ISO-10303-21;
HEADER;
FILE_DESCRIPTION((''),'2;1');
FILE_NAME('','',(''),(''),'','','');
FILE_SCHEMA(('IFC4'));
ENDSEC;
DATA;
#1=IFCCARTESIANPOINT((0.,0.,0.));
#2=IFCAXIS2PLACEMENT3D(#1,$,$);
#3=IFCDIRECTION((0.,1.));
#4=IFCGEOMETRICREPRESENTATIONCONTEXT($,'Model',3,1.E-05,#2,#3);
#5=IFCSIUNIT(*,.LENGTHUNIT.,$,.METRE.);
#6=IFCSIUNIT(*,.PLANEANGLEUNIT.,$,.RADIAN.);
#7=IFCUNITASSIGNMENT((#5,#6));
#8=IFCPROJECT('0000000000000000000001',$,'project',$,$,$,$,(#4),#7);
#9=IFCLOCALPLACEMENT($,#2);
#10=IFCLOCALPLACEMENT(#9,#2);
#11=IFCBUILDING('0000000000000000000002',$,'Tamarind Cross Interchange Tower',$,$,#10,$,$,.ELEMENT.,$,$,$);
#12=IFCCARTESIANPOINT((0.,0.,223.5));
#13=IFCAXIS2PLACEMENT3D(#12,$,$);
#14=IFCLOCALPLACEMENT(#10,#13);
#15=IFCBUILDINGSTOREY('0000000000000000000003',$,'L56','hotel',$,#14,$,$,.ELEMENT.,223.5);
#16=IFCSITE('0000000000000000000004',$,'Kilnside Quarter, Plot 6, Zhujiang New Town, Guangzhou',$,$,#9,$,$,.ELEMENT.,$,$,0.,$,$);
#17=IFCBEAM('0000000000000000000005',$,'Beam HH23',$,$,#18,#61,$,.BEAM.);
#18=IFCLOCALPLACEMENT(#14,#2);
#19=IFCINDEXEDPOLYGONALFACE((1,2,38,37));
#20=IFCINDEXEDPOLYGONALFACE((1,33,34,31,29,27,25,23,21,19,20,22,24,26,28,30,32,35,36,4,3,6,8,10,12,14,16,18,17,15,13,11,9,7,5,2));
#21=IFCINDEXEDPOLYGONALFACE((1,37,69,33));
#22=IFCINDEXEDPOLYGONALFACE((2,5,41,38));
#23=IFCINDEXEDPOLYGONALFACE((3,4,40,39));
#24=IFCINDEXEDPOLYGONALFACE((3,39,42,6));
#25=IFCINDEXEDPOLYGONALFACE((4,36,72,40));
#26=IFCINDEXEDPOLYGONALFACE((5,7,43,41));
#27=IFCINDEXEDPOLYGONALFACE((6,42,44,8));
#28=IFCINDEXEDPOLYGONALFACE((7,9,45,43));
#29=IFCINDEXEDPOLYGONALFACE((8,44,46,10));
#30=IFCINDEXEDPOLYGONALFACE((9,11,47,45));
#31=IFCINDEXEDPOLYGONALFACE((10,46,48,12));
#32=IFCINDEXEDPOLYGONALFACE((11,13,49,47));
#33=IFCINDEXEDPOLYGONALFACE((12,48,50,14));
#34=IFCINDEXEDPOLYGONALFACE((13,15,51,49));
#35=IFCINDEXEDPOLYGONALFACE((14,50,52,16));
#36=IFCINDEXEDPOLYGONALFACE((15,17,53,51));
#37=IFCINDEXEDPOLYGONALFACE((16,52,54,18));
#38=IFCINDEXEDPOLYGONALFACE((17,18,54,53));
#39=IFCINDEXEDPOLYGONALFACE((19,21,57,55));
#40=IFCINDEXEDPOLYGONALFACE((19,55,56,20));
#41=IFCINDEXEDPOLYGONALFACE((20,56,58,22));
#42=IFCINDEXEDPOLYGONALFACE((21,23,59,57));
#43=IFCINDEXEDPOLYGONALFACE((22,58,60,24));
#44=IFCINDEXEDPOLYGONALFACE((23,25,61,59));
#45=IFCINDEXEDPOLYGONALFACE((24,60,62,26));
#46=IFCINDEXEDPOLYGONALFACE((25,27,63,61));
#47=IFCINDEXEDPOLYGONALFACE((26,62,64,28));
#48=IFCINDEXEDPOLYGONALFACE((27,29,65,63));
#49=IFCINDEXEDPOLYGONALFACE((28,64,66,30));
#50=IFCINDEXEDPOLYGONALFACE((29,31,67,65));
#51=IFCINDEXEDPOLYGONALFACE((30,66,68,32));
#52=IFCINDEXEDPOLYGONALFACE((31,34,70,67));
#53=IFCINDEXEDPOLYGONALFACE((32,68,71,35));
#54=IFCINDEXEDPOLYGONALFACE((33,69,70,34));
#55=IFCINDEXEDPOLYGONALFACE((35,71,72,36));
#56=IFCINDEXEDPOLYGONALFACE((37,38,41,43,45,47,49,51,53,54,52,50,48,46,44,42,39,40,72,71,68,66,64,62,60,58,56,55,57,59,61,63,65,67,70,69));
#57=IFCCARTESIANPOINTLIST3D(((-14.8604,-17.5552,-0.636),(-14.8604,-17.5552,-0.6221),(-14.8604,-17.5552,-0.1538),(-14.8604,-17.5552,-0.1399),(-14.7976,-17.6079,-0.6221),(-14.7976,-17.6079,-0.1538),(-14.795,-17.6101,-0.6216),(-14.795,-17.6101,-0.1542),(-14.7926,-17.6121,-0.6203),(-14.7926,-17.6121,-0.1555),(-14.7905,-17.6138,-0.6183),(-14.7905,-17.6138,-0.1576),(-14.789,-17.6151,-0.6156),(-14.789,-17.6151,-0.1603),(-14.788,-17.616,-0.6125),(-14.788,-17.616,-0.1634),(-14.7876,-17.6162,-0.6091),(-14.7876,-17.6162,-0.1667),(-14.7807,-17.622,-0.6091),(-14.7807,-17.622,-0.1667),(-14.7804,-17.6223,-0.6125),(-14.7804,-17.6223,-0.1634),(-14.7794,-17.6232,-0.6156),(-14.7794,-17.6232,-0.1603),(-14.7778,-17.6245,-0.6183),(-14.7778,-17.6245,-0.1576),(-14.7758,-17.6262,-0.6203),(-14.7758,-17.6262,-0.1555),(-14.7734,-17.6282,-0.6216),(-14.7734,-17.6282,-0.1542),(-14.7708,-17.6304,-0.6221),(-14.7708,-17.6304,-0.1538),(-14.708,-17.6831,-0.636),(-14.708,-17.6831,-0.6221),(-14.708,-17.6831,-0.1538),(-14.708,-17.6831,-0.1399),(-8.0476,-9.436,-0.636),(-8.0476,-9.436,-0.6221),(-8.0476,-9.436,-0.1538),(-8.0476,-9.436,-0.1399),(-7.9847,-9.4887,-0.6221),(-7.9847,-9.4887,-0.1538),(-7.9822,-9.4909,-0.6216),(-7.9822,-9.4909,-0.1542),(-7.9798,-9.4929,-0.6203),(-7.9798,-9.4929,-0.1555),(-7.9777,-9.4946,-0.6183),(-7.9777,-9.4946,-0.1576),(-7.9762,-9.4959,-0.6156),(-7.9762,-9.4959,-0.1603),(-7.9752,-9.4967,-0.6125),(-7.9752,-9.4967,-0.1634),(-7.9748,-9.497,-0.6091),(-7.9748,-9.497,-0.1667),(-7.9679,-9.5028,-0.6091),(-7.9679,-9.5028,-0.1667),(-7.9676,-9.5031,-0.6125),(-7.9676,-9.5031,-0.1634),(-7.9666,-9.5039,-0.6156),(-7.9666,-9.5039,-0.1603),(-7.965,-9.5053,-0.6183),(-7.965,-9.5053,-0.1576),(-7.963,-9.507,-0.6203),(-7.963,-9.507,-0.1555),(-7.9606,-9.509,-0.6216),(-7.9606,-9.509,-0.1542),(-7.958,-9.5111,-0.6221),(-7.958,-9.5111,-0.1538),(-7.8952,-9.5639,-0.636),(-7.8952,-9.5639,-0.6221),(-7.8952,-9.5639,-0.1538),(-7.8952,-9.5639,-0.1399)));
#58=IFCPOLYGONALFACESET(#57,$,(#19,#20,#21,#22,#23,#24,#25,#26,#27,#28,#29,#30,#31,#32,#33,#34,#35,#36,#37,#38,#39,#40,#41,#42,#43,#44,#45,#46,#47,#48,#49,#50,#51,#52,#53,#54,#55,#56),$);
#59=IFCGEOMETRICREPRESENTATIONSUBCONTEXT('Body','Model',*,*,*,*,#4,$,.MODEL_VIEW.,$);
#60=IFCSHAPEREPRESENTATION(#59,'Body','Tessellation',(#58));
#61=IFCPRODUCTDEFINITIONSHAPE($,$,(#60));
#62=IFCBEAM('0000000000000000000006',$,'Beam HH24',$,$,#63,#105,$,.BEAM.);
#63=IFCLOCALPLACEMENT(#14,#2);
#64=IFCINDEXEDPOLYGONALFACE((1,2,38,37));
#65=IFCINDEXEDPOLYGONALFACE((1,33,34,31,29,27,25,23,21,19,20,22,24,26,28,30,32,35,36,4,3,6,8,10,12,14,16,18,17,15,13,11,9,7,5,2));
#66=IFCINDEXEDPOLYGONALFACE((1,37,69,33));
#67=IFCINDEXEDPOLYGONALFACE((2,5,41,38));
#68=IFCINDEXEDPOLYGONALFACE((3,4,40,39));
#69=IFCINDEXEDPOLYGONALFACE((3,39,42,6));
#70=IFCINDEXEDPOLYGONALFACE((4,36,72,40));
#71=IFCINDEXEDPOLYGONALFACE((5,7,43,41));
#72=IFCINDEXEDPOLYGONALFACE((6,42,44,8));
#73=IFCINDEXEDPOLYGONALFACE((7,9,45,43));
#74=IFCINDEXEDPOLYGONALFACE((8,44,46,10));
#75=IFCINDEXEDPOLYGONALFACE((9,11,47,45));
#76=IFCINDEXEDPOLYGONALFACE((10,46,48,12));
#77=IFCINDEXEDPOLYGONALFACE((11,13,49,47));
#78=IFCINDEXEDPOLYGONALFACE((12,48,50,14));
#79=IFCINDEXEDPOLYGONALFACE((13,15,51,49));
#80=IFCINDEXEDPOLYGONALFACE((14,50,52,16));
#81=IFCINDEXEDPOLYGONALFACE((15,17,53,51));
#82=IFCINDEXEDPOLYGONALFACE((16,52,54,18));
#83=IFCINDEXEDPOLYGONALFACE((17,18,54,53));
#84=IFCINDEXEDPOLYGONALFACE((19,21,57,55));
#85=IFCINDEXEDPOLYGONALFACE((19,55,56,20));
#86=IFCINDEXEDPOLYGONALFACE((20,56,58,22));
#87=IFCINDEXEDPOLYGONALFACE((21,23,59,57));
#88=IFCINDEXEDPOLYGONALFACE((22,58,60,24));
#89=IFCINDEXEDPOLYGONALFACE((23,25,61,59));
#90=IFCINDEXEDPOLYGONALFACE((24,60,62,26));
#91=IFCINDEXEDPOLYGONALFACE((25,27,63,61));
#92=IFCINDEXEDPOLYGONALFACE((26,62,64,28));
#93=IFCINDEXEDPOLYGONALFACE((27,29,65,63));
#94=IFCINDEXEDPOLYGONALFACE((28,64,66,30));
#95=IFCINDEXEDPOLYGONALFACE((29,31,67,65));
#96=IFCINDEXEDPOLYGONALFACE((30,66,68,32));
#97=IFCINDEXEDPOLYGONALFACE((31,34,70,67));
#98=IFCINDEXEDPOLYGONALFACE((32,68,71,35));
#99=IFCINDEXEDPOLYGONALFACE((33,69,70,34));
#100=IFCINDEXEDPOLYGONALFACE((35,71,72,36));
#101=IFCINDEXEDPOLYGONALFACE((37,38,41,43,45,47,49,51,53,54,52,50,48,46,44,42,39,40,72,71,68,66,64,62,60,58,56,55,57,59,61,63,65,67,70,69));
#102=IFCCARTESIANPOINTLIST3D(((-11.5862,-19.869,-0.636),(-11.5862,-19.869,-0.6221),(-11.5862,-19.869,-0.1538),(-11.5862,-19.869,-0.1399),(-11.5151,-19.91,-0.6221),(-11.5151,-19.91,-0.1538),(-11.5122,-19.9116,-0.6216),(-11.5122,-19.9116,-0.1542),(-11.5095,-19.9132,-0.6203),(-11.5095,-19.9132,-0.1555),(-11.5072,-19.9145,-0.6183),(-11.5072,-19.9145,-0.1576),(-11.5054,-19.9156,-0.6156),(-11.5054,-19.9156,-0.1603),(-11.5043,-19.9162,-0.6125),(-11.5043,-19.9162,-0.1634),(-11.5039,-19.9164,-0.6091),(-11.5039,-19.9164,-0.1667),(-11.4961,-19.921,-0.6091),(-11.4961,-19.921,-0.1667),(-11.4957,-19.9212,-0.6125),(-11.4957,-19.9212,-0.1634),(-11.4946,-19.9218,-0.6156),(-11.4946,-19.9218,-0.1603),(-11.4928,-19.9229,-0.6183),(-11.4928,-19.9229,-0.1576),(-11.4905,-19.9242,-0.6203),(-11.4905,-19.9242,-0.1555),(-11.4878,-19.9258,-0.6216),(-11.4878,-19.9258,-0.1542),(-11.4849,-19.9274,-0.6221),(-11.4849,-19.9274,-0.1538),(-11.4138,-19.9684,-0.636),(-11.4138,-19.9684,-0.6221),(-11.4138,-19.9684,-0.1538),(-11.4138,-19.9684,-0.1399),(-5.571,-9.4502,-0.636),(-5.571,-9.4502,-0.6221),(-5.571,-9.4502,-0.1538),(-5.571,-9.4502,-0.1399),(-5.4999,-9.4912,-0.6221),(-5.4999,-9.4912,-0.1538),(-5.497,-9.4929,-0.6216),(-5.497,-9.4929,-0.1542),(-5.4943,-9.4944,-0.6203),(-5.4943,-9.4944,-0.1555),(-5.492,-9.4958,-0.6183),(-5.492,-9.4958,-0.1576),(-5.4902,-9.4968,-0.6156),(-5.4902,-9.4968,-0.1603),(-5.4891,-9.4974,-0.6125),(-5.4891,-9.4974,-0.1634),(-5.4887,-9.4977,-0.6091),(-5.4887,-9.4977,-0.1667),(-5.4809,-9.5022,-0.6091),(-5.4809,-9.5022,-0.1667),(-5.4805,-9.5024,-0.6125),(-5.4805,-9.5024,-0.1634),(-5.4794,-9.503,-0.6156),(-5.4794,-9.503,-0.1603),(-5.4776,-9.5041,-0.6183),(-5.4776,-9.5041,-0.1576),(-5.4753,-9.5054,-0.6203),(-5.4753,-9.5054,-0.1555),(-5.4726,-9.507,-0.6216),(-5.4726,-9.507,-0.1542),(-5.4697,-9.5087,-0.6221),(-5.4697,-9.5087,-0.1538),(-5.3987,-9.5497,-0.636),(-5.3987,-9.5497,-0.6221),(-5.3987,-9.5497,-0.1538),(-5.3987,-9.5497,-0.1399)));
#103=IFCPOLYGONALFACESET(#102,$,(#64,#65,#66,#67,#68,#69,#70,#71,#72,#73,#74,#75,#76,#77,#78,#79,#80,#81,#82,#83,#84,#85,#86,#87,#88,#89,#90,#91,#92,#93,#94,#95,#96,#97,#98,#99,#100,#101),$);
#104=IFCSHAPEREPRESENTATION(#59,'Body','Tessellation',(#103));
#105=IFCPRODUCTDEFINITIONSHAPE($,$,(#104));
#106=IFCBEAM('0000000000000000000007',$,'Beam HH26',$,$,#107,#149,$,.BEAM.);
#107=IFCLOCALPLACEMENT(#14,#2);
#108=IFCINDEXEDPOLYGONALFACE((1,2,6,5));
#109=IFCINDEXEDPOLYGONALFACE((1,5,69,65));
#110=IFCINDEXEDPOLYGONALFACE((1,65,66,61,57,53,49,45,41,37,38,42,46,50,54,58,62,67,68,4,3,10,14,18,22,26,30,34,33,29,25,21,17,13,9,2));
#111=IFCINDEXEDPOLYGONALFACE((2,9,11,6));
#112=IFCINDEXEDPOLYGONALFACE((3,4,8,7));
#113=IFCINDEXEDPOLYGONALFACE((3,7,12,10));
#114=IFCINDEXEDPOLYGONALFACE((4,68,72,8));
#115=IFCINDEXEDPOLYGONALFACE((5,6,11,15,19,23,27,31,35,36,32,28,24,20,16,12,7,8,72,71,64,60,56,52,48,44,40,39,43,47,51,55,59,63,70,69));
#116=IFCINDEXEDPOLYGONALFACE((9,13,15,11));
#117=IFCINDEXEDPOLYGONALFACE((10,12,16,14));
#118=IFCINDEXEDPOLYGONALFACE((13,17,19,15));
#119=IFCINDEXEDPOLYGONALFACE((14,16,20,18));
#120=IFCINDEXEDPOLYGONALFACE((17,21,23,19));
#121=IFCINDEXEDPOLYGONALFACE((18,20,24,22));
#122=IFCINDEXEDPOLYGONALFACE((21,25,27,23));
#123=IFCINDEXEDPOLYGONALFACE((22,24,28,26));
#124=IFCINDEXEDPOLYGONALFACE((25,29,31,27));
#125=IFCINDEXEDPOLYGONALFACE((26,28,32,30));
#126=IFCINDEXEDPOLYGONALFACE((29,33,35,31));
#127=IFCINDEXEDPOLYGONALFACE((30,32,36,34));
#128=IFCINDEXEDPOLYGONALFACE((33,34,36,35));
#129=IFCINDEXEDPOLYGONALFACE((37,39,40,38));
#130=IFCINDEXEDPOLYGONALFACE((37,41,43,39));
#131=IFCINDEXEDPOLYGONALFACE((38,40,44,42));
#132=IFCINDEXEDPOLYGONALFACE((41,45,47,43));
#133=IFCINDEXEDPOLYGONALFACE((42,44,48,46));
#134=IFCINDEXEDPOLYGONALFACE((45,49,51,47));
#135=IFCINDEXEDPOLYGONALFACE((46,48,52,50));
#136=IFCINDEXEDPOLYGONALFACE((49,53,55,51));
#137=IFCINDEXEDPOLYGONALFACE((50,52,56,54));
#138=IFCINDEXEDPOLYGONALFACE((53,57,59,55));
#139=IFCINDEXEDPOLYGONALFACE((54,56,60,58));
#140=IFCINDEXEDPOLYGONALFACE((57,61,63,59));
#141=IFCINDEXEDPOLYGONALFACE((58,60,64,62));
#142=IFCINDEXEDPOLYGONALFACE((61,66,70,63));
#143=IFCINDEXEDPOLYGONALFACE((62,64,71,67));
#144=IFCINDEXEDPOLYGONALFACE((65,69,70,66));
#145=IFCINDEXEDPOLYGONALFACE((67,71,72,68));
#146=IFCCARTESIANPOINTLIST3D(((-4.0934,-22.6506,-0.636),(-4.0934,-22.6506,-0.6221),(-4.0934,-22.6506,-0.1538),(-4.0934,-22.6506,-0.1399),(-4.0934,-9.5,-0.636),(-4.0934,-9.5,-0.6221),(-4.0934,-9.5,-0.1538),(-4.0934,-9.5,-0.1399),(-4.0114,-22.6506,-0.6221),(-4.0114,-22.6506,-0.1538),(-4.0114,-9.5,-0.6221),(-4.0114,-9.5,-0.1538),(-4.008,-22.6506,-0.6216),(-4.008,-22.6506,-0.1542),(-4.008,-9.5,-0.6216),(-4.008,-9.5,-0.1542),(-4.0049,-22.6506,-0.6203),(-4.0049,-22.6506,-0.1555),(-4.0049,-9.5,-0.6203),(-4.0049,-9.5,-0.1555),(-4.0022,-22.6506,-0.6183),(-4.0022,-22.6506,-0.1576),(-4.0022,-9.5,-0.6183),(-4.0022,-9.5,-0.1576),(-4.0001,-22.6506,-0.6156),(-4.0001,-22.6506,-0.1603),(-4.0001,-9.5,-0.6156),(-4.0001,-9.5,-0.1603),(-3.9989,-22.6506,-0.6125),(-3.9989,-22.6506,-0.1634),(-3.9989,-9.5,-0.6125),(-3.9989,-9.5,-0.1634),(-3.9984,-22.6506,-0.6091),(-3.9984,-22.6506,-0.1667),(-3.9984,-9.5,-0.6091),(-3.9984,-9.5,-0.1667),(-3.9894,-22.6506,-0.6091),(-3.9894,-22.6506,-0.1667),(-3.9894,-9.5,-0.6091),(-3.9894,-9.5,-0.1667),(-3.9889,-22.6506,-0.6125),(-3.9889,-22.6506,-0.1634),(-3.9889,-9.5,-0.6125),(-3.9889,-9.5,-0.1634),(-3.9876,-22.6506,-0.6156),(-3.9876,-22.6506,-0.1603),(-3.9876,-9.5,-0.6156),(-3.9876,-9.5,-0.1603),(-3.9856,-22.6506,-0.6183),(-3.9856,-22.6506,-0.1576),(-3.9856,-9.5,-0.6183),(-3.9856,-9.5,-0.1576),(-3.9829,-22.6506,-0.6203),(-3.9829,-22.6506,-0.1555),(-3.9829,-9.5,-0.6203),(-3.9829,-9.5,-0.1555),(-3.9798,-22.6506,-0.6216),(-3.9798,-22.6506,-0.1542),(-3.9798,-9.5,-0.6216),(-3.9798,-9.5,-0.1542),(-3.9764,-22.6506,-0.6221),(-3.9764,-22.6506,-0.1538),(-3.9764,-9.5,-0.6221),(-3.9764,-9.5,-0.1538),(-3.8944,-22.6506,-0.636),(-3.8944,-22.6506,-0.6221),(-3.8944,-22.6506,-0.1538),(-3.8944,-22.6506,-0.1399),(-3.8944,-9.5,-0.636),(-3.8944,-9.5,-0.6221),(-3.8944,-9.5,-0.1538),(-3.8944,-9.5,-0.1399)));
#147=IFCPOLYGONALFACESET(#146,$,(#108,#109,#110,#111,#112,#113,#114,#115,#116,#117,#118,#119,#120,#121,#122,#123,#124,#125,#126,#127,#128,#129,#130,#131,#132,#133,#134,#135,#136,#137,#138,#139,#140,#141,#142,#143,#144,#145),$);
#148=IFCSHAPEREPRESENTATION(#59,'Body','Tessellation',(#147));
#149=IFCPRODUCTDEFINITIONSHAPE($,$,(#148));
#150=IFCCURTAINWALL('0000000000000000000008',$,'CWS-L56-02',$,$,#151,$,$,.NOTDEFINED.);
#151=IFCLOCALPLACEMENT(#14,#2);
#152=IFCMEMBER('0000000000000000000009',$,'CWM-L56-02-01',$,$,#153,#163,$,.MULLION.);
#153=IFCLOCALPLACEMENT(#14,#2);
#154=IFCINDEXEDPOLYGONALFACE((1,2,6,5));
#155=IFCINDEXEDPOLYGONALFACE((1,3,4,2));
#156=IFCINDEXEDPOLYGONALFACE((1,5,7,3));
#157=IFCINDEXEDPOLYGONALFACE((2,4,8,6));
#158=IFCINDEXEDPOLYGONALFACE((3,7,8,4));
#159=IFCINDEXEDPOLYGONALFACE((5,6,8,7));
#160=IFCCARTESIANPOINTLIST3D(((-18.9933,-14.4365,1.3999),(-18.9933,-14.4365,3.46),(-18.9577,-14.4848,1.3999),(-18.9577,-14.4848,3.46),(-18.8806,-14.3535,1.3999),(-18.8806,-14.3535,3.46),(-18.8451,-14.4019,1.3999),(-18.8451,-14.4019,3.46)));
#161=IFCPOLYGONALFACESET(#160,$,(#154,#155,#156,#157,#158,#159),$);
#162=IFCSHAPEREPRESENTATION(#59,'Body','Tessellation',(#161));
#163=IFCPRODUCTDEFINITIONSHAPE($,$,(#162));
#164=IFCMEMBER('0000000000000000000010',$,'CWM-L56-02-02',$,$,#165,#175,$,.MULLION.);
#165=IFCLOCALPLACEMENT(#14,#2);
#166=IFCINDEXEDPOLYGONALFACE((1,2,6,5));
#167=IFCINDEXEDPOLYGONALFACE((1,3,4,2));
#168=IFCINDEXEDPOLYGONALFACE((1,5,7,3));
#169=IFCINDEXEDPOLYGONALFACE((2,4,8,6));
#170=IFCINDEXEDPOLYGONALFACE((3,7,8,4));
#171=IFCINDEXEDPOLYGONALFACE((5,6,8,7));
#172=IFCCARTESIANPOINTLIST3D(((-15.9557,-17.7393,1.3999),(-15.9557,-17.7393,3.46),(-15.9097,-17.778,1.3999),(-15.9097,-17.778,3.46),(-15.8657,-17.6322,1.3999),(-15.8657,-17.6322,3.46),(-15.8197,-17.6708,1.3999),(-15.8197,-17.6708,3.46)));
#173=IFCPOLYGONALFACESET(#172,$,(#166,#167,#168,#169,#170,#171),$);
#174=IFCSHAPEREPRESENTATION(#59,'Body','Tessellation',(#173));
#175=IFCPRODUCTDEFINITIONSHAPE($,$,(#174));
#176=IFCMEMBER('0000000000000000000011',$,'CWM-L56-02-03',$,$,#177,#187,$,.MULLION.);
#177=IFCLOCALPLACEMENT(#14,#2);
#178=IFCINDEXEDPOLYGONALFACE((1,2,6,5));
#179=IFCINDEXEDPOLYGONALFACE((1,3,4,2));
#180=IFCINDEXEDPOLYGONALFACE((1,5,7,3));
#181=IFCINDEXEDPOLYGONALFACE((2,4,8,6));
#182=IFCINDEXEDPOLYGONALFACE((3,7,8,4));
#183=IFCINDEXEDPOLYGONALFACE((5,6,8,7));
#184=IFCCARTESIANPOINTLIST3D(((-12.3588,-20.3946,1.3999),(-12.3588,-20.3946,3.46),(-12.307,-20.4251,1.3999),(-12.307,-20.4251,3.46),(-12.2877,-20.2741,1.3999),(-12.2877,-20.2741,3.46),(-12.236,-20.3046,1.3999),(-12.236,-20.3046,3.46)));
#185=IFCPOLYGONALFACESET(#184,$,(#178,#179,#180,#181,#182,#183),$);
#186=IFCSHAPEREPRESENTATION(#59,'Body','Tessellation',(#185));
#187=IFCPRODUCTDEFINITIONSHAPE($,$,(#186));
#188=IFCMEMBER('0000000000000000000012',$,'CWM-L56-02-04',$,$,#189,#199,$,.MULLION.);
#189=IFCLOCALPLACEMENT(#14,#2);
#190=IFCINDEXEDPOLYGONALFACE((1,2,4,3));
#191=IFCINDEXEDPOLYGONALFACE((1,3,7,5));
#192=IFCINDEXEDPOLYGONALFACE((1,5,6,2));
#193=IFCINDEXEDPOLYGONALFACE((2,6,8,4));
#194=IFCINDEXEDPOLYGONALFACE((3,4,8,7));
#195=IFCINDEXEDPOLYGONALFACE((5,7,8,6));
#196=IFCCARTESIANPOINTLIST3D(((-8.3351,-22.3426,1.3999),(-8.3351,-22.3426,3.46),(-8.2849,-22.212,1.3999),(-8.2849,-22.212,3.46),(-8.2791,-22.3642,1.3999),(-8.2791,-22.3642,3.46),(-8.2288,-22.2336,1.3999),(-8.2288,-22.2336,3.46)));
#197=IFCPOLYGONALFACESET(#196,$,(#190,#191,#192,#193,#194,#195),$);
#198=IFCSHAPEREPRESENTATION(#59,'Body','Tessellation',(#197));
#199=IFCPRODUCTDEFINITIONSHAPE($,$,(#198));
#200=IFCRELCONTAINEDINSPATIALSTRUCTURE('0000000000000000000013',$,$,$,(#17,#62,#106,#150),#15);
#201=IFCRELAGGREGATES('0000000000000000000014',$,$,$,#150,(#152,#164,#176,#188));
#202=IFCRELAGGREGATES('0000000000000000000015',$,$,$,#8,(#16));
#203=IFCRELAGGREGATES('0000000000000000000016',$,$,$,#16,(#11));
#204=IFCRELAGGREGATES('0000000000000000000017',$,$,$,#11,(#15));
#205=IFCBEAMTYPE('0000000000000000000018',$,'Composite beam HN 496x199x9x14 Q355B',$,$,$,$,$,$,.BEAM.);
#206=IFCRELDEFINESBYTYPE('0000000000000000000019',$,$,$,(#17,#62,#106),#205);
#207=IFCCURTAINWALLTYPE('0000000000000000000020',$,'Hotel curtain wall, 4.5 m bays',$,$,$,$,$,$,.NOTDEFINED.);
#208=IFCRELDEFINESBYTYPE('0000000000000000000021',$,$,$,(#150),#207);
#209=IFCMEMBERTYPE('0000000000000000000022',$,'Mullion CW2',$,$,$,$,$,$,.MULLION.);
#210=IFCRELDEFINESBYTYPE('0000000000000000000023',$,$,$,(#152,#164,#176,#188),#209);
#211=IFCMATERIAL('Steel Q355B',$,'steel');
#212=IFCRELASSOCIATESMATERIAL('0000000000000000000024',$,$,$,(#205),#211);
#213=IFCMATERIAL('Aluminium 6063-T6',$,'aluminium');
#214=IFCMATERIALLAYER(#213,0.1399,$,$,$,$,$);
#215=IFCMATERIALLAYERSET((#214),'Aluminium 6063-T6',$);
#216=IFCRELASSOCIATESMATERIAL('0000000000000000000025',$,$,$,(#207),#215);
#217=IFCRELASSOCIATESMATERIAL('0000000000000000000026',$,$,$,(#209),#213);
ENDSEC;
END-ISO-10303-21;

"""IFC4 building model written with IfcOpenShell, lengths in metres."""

from ifc_helpers import new_model, si_unit, direction, frame, origin, origin_2d, place, context, subcontext, project, spatial, rectangle, i_section, extrude, material, layer, layer_set, material_profile, profile_set, type_object, element, aggregate, save


model = new_model("IFC4")

# Units and contexts
model_context = context("Model", 3, precision=1e-05, world=origin(), true_north=direction((0.0, 1.0)))
body_context = subcontext(model_context, "Body", "Model", "MODEL_VIEW")
ifc_project = project(units=[si_unit("LENGTHUNIT", "METRE"), si_unit("PLANEANGLEUNIT", "RADIAN")], contexts=[model_context])

# Site, building, storey
site_placement = place(None, origin())
site = spatial("IfcSite", under=ifc_project, at=site_placement, Name="Kilnside Quarter, Plot 6, Zhujiang New Town, Guangzhou", CompositionType="ELEMENT", RefElevation=0.0)
building_placement = place(site_placement, origin())
building = spatial("IfcBuilding", under=site, at=building_placement, Name="Tamarind Cross Interchange Tower", CompositionType="ELEMENT")
storey_placement = place(building_placement, frame((0.0, 0.0, 223.5)))
storey = spatial("IfcBuildingStorey", under=building, at=storey_placement, Name="L56", Description="hotel", CompositionType="ELEMENT", Elevation=223.5)

# Beams
ifc_material_1 = material(Name="Steel Q355B", Category="steel")
ifc_material_profile_1 = material_profile(ifc_material_1, i_section(OverallWidth=0.199, OverallDepth=0.4961, WebThickness=0.009, FlangeThickness=0.0139, FilletRadius=0.0129, at=origin_2d()), Name="HN 496x199x9x14")
ifc_profile_set_1 = profile_set([ifc_material_profile_1], Name="Steel Q355B")
beam_type = type_object("IfcBeamType", Name="Composite beam HN 496x199x9x14 Q355B", PredefinedType="BEAM", material=ifc_profile_set_1)
beam_1_placement = place(storey_placement, frame((-14.7842, -17.6191, -0.3879), z_axis=(0.642786, 0.766046, 0.0), x_axis=(-0.766046, 0.642786, 0.0)))
element("IfcBeam", 1, at=beam_1_placement, inside=storey, type_object=beam_type, Name="Beam HH23", PredefinedType="BEAM", context=body_context, shape_type="SweptSolid", body=[
    extrude(i_section(OverallWidth=0.199, OverallDepth=0.4961, WebThickness=0.009, FlangeThickness=0.0139, FilletRadius=0.0129, at=origin_2d()), origin(), (0.0, 0.0, 1.0), 10.5989),
])
beam_2_placement = place(storey_placement, frame((-11.5, -19.9187, -0.3879), z_axis=(0.499994, 0.866029, 0.0), x_axis=(-0.866029, 0.499994, 0.0)))
element("IfcBeam", 2, at=beam_2_placement, inside=storey, type_object=beam_type, Name="Beam HH24", PredefinedType="BEAM", context=body_context, shape_type="SweptSolid", body=[
    extrude(i_section(OverallWidth=0.199, OverallDepth=0.4961, WebThickness=0.009, FlangeThickness=0.0139, FilletRadius=0.0129, at=origin_2d()), origin(), (0.0, 0.0, 1.0), 12.0305),
])
beam_3_placement = place(storey_placement, frame((-3.9939, -22.6506, -0.3879), z_axis=(0.0, 1.0, 0.0), x_axis=(-1.0, 0.0, 0.0)))
element("IfcBeam", 3, at=beam_3_placement, inside=storey, type_object=beam_type, Name="Beam HH26", PredefinedType="BEAM", context=body_context, shape_type="SweptSolid", body=[
    extrude(i_section(OverallWidth=0.199, OverallDepth=0.4961, WebThickness=0.009, FlangeThickness=0.0139, FilletRadius=0.0129, at=origin_2d()), origin(), (0.0, 0.0, 1.0), 13.1506),
])

# Curtain wall, members
ifc_material_2 = material(Name="Aluminium 6063-T6", Category="aluminium")
ifc_layer_1 = layer(ifc_material_2, 0.1399)
ifc_layer_set_1 = layer_set([ifc_layer_1], Name="Aluminium 6063-T6")
curtain_wall_type = type_object("IfcCurtainWallType", Name="Hotel curtain wall, 4.5 m bays", PredefinedType="NOTDEFINED", material=ifc_layer_set_1)
curtain_wall_placement = place(storey_placement, origin())
curtain_wall = element("IfcCurtainWall", 4, at=curtain_wall_placement, inside=storey, type_object=curtain_wall_type, Name="CWS-L56-02", PredefinedType="NOTDEFINED")
ifc_material_profile_2 = material_profile(ifc_material_2, rectangle(XDim=0.0601, YDim=0.1399, at=origin_2d()), Name="Mullion CW2")
ifc_profile_set_2 = profile_set([ifc_material_profile_2], Name="Aluminium 6063-T6")
member_type = type_object("IfcMemberType", Name="Mullion CW2", PredefinedType="MULLION", material=ifc_profile_set_2)
member_1_placement = place(storey_placement, frame((-18.9192, -14.4192, 1.3999), z_axis=(0.0, 0.0, 1.0), x_axis=(0.592673, -0.805444, 0.0)))
member_1 = element("IfcMember", 5, at=member_1_placement, type_object=member_type, Name="CWM-L56-02-01", PredefinedType="MULLION", context=body_context, shape_type="SweptSolid", body=[
    extrude(rectangle(XDim=0.0601, YDim=0.1399, at=origin_2d()), origin(), (0.0, 0.0, 1.0), 2.0601),
])
member_2_placement = place(storey_placement, frame((-15.8877, -17.7051, 1.3999), z_axis=(0.0, 0.0, 1.0), x_axis=(0.765858, -0.643009, 0.0)))
member_2 = element("IfcMember", 6, at=member_2_placement, type_object=member_type, Name="CWM-L56-02-02", PredefinedType="MULLION", context=body_context, shape_type="SweptSolid", body=[
    extrude(rectangle(XDim=0.0601, YDim=0.1399, at=origin_2d()), origin(), (0.0, 0.0, 1.0), 2.0601),
])
member_3_placement = place(storey_placement, frame((-12.2974, -20.3496, 1.3999), z_axis=(0.0, 0.0, 1.0), x_axis=(0.861249, -0.508183, 0.0)))
member_3 = element("IfcMember", 7, at=member_3_placement, type_object=member_type, Name="CWM-L56-02-03", PredefinedType="MULLION", context=body_context, shape_type="SweptSolid", body=[
    extrude(rectangle(XDim=0.0601, YDim=0.1399, at=origin_2d()), origin(), (0.0, 0.0, 1.0), 2.0601),
])
member_4_placement = place(storey_placement, frame((-8.282, -22.2881, 1.3999), z_axis=(0.0, 0.0, 1.0), x_axis=(0.933147, -0.359495, 0.0)))
member_4 = element("IfcMember", 8, at=member_4_placement, type_object=member_type, Name="CWM-L56-02-04", PredefinedType="MULLION", context=body_context, shape_type="SweptSolid", body=[
    extrude(rectangle(XDim=0.0601, YDim=0.1399, at=origin_2d()), origin(), (0.0, 0.0, 1.0), 2.0601),
])
aggregate(curtain_wall, [member_1, member_2, member_3, member_4])

save(model, "model.ifc")
